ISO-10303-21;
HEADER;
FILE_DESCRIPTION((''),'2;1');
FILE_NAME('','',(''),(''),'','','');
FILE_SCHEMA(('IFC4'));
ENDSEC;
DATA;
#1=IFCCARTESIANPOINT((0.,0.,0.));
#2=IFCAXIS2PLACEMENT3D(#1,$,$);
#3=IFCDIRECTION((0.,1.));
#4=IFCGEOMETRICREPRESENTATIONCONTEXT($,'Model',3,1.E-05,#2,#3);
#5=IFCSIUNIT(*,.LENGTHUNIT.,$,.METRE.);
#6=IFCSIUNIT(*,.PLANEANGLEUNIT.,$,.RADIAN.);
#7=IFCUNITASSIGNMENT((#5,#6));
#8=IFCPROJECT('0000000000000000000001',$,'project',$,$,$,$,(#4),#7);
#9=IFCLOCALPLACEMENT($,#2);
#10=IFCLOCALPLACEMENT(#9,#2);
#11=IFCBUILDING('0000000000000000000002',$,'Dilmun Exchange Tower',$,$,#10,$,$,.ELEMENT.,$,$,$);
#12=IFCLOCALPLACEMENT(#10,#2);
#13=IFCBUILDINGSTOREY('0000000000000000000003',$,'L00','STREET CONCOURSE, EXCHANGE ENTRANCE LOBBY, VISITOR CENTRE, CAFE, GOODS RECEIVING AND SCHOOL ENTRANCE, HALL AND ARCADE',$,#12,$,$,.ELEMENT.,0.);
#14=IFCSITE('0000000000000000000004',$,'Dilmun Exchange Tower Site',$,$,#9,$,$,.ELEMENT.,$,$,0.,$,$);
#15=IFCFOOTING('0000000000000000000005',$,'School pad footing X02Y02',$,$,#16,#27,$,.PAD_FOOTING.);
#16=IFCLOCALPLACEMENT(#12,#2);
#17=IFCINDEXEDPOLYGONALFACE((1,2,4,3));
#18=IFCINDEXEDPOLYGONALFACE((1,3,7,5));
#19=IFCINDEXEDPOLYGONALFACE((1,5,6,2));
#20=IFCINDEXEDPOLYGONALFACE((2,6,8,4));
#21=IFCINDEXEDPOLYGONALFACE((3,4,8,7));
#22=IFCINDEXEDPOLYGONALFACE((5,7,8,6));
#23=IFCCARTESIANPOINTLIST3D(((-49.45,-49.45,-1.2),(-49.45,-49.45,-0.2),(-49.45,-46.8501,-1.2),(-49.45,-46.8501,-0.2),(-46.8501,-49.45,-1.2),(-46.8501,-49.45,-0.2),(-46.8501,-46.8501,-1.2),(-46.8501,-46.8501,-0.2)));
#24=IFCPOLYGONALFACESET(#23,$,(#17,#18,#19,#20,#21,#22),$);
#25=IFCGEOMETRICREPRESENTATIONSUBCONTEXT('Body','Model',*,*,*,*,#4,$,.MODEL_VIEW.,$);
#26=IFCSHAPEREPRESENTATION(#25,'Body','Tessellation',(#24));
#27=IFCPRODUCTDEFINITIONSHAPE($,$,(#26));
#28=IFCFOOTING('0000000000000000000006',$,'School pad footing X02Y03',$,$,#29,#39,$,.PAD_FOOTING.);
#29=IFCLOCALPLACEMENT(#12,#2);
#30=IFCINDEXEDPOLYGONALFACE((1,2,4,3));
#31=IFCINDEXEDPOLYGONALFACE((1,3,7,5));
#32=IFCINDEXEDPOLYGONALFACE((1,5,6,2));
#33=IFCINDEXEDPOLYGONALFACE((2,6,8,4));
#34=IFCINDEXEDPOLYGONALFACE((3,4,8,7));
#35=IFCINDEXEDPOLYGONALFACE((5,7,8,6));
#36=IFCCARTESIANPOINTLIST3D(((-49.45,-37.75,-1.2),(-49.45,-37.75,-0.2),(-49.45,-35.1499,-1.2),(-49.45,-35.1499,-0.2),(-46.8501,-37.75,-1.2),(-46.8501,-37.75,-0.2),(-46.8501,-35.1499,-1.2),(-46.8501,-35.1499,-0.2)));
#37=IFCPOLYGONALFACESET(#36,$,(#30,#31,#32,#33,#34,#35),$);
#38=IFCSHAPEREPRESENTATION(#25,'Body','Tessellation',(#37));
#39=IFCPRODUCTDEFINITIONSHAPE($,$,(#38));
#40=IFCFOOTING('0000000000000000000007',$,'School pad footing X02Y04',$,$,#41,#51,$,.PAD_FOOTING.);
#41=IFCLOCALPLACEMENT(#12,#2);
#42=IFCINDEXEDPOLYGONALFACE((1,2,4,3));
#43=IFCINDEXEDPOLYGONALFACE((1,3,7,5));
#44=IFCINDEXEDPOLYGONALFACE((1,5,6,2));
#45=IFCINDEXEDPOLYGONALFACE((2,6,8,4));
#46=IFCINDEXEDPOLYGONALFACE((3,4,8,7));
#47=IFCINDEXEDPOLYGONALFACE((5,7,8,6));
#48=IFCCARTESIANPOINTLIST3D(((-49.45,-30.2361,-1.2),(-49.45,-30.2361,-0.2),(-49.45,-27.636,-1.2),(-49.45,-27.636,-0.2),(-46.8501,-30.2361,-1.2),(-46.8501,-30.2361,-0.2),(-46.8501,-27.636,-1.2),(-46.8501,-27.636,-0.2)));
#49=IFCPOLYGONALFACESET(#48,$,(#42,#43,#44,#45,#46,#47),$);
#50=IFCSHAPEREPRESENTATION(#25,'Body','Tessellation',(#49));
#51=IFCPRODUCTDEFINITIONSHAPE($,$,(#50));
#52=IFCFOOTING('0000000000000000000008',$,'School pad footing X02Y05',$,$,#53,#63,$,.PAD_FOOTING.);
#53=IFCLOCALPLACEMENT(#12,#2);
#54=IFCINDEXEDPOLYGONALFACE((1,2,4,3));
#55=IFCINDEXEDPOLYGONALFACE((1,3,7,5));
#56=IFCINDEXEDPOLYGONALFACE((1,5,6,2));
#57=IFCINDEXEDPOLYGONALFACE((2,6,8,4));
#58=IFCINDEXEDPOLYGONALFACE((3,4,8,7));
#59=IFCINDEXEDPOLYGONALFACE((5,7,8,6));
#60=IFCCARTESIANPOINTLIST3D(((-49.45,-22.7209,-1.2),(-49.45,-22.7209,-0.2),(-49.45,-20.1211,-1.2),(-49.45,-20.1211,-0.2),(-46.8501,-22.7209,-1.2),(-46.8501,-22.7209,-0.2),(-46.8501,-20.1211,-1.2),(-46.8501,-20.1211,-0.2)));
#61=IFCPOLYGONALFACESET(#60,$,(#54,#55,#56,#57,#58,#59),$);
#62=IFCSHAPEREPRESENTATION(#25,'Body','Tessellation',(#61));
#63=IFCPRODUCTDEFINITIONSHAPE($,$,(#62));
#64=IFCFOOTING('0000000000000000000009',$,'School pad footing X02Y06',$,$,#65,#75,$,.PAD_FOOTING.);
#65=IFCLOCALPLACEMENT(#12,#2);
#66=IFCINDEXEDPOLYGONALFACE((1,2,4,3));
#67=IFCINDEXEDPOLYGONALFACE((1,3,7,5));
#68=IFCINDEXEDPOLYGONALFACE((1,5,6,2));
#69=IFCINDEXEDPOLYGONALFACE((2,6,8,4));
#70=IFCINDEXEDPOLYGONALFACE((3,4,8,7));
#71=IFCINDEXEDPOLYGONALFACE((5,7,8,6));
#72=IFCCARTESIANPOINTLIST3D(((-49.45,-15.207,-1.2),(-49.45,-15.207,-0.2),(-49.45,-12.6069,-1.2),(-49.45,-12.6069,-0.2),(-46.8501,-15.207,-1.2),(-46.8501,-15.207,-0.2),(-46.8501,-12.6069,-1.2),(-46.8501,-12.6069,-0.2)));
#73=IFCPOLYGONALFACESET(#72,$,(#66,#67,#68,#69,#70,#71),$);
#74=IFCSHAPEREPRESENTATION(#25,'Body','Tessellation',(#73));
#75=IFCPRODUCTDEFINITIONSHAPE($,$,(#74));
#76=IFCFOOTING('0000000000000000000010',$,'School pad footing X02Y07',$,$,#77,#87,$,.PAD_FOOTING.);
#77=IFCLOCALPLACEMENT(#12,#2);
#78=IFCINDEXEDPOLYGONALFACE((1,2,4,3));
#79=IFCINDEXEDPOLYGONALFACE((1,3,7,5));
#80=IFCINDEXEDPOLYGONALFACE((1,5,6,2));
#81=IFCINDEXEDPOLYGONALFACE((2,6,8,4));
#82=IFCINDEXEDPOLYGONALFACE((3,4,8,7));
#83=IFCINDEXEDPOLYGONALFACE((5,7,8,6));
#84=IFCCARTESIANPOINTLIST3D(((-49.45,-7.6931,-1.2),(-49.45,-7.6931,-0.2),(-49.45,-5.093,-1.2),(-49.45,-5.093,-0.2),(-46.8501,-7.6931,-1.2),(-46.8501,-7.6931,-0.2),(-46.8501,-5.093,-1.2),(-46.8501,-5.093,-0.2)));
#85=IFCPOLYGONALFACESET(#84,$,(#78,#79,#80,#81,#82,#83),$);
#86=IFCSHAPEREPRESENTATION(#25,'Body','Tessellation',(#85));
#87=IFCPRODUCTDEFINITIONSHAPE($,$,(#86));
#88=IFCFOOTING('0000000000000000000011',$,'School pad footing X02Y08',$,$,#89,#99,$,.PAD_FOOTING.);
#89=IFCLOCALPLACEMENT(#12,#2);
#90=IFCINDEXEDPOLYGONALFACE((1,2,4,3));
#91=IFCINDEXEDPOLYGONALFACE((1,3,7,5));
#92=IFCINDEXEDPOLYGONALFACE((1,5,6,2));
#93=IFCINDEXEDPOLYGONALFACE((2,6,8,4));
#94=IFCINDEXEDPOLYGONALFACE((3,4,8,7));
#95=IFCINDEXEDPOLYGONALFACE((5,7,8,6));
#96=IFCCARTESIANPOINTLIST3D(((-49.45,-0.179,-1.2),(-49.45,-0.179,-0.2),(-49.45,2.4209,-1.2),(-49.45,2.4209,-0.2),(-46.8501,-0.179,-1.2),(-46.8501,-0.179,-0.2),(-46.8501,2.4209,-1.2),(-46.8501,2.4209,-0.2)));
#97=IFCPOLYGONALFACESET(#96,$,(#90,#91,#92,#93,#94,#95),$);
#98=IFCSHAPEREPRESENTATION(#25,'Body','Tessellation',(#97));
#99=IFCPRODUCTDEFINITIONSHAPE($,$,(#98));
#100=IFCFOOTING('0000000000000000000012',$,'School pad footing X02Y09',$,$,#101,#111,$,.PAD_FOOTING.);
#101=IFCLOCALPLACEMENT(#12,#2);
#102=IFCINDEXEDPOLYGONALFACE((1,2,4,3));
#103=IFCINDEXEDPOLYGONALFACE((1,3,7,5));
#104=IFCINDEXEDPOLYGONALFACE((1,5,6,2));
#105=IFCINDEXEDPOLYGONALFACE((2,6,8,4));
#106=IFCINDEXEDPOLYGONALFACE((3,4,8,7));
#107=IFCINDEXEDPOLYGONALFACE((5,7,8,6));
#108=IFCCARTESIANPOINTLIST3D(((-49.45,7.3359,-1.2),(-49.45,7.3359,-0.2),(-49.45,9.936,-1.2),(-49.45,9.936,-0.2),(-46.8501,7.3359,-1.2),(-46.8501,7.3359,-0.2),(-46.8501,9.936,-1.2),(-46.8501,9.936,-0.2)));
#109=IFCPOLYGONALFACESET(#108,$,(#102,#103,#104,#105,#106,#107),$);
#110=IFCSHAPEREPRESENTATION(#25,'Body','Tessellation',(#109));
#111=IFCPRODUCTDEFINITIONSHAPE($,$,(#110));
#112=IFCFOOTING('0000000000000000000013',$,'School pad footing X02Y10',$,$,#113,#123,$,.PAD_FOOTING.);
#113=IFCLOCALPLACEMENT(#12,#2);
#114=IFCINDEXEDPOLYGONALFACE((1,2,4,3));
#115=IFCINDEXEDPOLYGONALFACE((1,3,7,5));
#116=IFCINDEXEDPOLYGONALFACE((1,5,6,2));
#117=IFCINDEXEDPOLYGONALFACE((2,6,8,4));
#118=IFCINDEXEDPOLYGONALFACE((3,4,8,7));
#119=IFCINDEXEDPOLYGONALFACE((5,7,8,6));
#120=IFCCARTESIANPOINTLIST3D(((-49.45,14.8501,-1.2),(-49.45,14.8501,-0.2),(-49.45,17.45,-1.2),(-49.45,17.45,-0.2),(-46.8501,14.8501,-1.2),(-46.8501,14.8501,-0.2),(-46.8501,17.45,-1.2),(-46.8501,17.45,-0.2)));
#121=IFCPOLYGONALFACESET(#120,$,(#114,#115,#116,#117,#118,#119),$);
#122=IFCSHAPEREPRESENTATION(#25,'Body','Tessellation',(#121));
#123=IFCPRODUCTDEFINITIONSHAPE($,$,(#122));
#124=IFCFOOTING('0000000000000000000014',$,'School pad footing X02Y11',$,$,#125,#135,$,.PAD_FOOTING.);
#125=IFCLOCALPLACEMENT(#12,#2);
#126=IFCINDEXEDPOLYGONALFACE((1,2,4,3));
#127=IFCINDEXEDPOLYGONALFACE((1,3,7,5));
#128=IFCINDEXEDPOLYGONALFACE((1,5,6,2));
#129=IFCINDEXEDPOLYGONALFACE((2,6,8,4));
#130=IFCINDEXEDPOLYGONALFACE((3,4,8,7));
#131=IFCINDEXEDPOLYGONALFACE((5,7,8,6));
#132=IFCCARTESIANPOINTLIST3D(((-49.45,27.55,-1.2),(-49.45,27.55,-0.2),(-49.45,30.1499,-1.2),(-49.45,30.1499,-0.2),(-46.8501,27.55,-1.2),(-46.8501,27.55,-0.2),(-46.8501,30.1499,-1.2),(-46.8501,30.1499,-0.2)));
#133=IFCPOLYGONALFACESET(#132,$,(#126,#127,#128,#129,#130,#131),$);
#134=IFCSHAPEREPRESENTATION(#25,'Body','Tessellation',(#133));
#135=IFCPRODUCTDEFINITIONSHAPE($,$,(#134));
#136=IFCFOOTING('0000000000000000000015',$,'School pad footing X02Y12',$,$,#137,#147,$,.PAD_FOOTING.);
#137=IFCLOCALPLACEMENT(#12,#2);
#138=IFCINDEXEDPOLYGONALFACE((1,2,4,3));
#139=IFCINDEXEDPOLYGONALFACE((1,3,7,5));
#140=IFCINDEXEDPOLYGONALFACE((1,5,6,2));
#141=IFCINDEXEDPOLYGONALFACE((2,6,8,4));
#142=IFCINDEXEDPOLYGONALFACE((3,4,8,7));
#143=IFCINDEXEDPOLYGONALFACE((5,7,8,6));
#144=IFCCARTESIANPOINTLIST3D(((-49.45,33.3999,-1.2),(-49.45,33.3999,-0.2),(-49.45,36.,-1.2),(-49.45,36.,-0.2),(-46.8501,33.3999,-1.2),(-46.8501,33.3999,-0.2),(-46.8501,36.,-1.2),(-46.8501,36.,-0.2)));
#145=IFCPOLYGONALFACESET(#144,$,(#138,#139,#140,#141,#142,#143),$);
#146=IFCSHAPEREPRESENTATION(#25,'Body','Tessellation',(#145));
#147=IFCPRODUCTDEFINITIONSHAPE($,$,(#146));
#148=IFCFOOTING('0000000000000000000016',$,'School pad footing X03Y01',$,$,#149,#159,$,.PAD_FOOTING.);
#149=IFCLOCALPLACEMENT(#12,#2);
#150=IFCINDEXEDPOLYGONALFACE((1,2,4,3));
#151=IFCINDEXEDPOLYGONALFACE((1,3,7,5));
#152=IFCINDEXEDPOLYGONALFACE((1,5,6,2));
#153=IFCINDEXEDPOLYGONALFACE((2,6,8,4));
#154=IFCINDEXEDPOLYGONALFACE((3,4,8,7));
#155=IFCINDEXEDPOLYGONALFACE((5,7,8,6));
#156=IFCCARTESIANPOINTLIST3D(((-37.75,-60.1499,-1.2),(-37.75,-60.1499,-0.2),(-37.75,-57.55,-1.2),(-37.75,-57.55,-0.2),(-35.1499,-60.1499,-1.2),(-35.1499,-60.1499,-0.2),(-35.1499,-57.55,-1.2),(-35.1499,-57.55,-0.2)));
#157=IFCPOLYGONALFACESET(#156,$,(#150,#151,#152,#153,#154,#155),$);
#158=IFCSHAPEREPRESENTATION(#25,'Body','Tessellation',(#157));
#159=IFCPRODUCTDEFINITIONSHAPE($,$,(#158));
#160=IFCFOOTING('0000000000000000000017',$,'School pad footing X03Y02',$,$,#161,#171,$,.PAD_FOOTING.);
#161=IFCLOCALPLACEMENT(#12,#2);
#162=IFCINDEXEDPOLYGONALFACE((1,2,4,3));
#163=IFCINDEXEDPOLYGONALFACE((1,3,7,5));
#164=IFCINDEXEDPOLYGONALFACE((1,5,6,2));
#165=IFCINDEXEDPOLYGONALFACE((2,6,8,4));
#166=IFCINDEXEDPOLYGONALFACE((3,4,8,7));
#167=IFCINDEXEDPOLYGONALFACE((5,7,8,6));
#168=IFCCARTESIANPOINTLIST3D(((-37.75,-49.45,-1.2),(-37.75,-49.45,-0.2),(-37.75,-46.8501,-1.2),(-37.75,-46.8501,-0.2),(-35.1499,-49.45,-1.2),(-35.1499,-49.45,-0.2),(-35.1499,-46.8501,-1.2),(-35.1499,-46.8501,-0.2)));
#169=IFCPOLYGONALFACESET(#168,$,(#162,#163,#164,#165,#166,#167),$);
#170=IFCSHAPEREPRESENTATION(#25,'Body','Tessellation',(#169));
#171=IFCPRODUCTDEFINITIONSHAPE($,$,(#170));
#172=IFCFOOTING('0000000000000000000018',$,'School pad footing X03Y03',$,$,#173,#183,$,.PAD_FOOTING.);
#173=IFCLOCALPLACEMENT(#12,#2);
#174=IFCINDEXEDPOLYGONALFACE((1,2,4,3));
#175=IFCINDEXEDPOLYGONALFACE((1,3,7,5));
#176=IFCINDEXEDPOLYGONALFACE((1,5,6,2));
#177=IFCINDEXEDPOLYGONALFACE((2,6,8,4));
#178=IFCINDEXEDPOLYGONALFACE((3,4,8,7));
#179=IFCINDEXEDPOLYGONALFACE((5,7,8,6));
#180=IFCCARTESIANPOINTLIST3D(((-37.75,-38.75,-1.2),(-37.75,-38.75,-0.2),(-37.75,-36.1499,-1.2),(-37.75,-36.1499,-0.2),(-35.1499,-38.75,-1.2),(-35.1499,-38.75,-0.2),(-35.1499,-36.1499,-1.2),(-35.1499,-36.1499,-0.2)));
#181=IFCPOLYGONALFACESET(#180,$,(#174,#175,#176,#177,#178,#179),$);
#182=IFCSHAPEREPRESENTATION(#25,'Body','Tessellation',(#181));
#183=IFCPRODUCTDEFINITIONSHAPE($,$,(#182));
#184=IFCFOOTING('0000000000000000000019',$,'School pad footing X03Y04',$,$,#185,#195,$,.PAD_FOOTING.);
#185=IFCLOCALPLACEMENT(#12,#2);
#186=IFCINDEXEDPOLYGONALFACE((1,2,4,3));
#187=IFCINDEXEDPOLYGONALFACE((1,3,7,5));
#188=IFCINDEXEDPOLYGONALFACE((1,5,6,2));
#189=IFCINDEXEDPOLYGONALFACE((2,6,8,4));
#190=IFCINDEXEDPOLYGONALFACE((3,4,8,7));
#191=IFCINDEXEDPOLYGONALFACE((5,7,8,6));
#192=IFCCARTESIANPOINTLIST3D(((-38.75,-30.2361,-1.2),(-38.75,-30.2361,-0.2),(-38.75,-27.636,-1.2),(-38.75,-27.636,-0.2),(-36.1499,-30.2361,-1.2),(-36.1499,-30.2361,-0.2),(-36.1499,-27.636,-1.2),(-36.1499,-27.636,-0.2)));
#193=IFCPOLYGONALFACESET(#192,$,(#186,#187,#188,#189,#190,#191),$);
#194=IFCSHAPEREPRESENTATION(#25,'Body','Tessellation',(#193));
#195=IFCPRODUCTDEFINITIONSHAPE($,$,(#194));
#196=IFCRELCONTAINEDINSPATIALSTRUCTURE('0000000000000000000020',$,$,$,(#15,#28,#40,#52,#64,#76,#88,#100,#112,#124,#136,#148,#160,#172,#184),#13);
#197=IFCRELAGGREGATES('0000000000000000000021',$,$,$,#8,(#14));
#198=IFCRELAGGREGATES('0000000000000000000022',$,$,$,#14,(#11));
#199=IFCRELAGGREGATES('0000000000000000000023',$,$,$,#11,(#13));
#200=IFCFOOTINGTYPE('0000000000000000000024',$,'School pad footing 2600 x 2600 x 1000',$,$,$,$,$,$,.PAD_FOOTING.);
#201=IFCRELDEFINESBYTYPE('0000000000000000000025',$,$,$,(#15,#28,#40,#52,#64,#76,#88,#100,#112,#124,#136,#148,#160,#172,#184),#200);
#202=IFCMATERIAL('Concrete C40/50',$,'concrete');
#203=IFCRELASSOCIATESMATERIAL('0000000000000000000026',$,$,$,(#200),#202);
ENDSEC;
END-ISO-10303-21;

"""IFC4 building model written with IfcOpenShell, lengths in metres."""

from ifc_helpers import new_model, si_unit, direction, frame, origin, place, context, subcontext, project, spatial, polyline, outline, extrude, material, type_object, element, save


model = new_model("IFC4")

# Units and contexts
model_context = context("Model", 3, precision=1e-05, world=origin(), true_north=direction((0.0, 1.0)))
body_context = subcontext(model_context, "Body", "Model", "MODEL_VIEW")
ifc_project = project(units=[si_unit("LENGTHUNIT", "METRE"), si_unit("PLANEANGLEUNIT", "RADIAN")], contexts=[model_context])

# Site, building, storey
site_placement = place(None, origin())
site = spatial("IfcSite", under=ifc_project, at=site_placement, Name="Dilmun Exchange Tower Site", CompositionType="ELEMENT", RefElevation=0.0)
building_placement = place(site_placement, origin())
building = spatial("IfcBuilding", under=site, at=building_placement, Name="Dilmun Exchange Tower", CompositionType="ELEMENT")
storey_placement = place(building_placement, origin())
storey = spatial("IfcBuildingStorey", under=building, at=storey_placement, Name="L00", Description="STREET CONCOURSE, EXCHANGE ENTRANCE LOBBY, VISITOR CENTRE, CAFE, GOODS RECEIVING AND SCHOOL ENTRANCE, HALL AND ARCADE", CompositionType="ELEMENT", Elevation=0.0)

# Footings
ifc_material = material(Name="Concrete C40/50", Category="concrete")
footing_type = type_object("IfcFootingType", Name="School pad footing 2600 x 2600 x 1000", PredefinedType="PAD_FOOTING", material=ifc_material)
footing_1_placement = place(storey_placement, frame((0.0, 0.0, -1.2)))
element("IfcFooting", 1, at=footing_1_placement, inside=storey, type_object=footing_type, Name="School pad footing X02Y02", PredefinedType="PAD_FOOTING", context=body_context, shape_type="SweptSolid", body=[
    extrude(outline(polyline([(-49.45, -49.45), (-49.45, -46.8501), (-46.8501, -46.8501), (-46.8501, -49.45), (-49.45, -49.45)])), origin(), (0.0, 0.0, 1.0), 1.0),
])
footing_2_placement = place(storey_placement, frame((0.0, 0.0, -1.2)))
element("IfcFooting", 2, at=footing_2_placement, inside=storey, type_object=footing_type, Name="School pad footing X02Y03", PredefinedType="PAD_FOOTING", context=body_context, shape_type="SweptSolid", body=[
    extrude(outline(polyline([(-49.45, -37.75), (-49.45, -35.1499), (-46.8501, -35.1499), (-46.8501, -37.75), (-49.45, -37.75)])), origin(), (0.0, 0.0, 1.0), 1.0),
])
footing_3_placement = place(storey_placement, frame((0.0, 0.0, -1.2)))
element("IfcFooting", 3, at=footing_3_placement, inside=storey, type_object=footing_type, Name="School pad footing X02Y04", PredefinedType="PAD_FOOTING", context=body_context, shape_type="SweptSolid", body=[
    extrude(outline(polyline([(-49.45, -30.2361), (-49.45, -27.636), (-46.8501, -27.636), (-46.8501, -30.2361), (-49.45, -30.2361)])), origin(), (0.0, 0.0, 1.0), 1.0),
])
footing_4_placement = place(storey_placement, frame((0.0, 0.0, -1.2)))
element("IfcFooting", 4, at=footing_4_placement, inside=storey, type_object=footing_type, Name="School pad footing X02Y05", PredefinedType="PAD_FOOTING", context=body_context, shape_type="SweptSolid", body=[
    extrude(outline(polyline([(-49.45, -22.7209), (-49.45, -20.1211), (-46.8501, -20.1211), (-46.8501, -22.7209), (-49.45, -22.7209)])), origin(), (0.0, 0.0, 1.0), 1.0),
])
footing_5_placement = place(storey_placement, frame((0.0, 0.0, -1.2)))
element("IfcFooting", 5, at=footing_5_placement, inside=storey, type_object=footing_type, Name="School pad footing X02Y06", PredefinedType="PAD_FOOTING", context=body_context, shape_type="SweptSolid", body=[
    extrude(outline(polyline([(-49.45, -15.207), (-49.45, -12.6069), (-46.8501, -12.6069), (-46.8501, -15.207), (-49.45, -15.207)])), origin(), (0.0, 0.0, 1.0), 1.0),
])
footing_6_placement = place(storey_placement, frame((0.0, 0.0, -1.2)))
element("IfcFooting", 6, at=footing_6_placement, inside=storey, type_object=footing_type, Name="School pad footing X02Y07", PredefinedType="PAD_FOOTING", context=body_context, shape_type="SweptSolid", body=[
    extrude(outline(polyline([(-49.45, -7.6931), (-49.45, -5.093), (-46.8501, -5.093), (-46.8501, -7.6931), (-49.45, -7.6931)])), origin(), (0.0, 0.0, 1.0), 1.0),
])
footing_7_placement = place(storey_placement, frame((0.0, 0.0, -1.2)))
element("IfcFooting", 7, at=footing_7_placement, inside=storey, type_object=footing_type, Name="School pad footing X02Y08", PredefinedType="PAD_FOOTING", context=body_context, shape_type="SweptSolid", body=[
    extrude(outline(polyline([(-49.45, -0.179), (-49.45, 2.4209), (-46.8501, 2.4209), (-46.8501, -0.179), (-49.45, -0.179)])), origin(), (0.0, 0.0, 1.0), 1.0),
])
footing_8_placement = place(storey_placement, frame((0.0, 0.0, -1.2)))
element("IfcFooting", 8, at=footing_8_placement, inside=storey, type_object=footing_type, Name="School pad footing X02Y09", PredefinedType="PAD_FOOTING", context=body_context, shape_type="SweptSolid", body=[
    extrude(outline(polyline([(-49.45, 7.3359), (-49.45, 9.936), (-46.8501, 9.936), (-46.8501, 7.3359), (-49.45, 7.3359)])), origin(), (0.0, 0.0, 1.0), 1.0),
])
footing_9_placement = place(storey_placement, frame((0.0, 0.0, -1.2)))
element("IfcFooting", 9, at=footing_9_placement, inside=storey, type_object=footing_type, Name="School pad footing X02Y10", PredefinedType="PAD_FOOTING", context=body_context, shape_type="SweptSolid", body=[
    extrude(outline(polyline([(-49.45, 14.8501), (-49.45, 17.45), (-46.8501, 17.45), (-46.8501, 14.8501), (-49.45, 14.8501)])), origin(), (0.0, 0.0, 1.0), 1.0),
])
footing_10_placement = place(storey_placement, frame((0.0, 0.0, -1.2)))
element("IfcFooting", 10, at=footing_10_placement, inside=storey, type_object=footing_type, Name="School pad footing X02Y11", PredefinedType="PAD_FOOTING", context=body_context, shape_type="SweptSolid", body=[
    extrude(outline(polyline([(-49.45, 27.55), (-49.45, 30.1499), (-46.8501, 30.1499), (-46.8501, 27.55), (-49.45, 27.55)])), origin(), (0.0, 0.0, 1.0), 1.0),
])
footing_11_placement = place(storey_placement, frame((0.0, 0.0, -1.2)))
element("IfcFooting", 11, at=footing_11_placement, inside=storey, type_object=footing_type, Name="School pad footing X02Y12", PredefinedType="PAD_FOOTING", context=body_context, shape_type="SweptSolid", body=[
    extrude(outline(polyline([(-49.45, 33.3999), (-49.45, 36.0), (-46.8501, 36.0), (-46.8501, 33.3999), (-49.45, 33.3999)])), origin(), (0.0, 0.0, 1.0), 1.0),
])
footing_12_placement = place(storey_placement, frame((0.0, 0.0, -1.2)))
element("IfcFooting", 12, at=footing_12_placement, inside=storey, type_object=footing_type, Name="School pad footing X03Y01", PredefinedType="PAD_FOOTING", context=body_context, shape_type="SweptSolid", body=[
    extrude(outline(polyline([(-37.75, -60.1499), (-37.75, -57.55), (-35.1499, -57.55), (-35.1499, -60.1499), (-37.75, -60.1499)])), origin(), (0.0, 0.0, 1.0), 1.0),
])
footing_13_placement = place(storey_placement, frame((0.0, 0.0, -1.2)))
element("IfcFooting", 13, at=footing_13_placement, inside=storey, type_object=footing_type, Name="School pad footing X03Y02", PredefinedType="PAD_FOOTING", context=body_context, shape_type="SweptSolid", body=[
    extrude(outline(polyline([(-37.75, -49.45), (-37.75, -46.8501), (-35.1499, -46.8501), (-35.1499, -49.45), (-37.75, -49.45)])), origin(), (0.0, 0.0, 1.0), 1.0),
])
footing_14_placement = place(storey_placement, frame((0.0, 0.0, -1.2)))
element("IfcFooting", 14, at=footing_14_placement, inside=storey, type_object=footing_type, Name="School pad footing X03Y03", PredefinedType="PAD_FOOTING", context=body_context, shape_type="SweptSolid", body=[
    extrude(outline(polyline([(-37.75, -38.75), (-37.75, -36.1499), (-35.1499, -36.1499), (-35.1499, -38.75), (-37.75, -38.75)])), origin(), (0.0, 0.0, 1.0), 1.0),
])
footing_15_placement = place(storey_placement, frame((0.0, 0.0, -1.2)))
element("IfcFooting", 15, at=footing_15_placement, inside=storey, type_object=footing_type, Name="School pad footing X03Y04", PredefinedType="PAD_FOOTING", context=body_context, shape_type="SweptSolid", body=[
    extrude(outline(polyline([(-38.75, -30.2361), (-38.75, -27.636), (-36.1499, -27.636), (-36.1499, -30.2361), (-38.75, -30.2361)])), origin(), (0.0, 0.0, 1.0), 1.0),
])

save(model, "model.ifc")
